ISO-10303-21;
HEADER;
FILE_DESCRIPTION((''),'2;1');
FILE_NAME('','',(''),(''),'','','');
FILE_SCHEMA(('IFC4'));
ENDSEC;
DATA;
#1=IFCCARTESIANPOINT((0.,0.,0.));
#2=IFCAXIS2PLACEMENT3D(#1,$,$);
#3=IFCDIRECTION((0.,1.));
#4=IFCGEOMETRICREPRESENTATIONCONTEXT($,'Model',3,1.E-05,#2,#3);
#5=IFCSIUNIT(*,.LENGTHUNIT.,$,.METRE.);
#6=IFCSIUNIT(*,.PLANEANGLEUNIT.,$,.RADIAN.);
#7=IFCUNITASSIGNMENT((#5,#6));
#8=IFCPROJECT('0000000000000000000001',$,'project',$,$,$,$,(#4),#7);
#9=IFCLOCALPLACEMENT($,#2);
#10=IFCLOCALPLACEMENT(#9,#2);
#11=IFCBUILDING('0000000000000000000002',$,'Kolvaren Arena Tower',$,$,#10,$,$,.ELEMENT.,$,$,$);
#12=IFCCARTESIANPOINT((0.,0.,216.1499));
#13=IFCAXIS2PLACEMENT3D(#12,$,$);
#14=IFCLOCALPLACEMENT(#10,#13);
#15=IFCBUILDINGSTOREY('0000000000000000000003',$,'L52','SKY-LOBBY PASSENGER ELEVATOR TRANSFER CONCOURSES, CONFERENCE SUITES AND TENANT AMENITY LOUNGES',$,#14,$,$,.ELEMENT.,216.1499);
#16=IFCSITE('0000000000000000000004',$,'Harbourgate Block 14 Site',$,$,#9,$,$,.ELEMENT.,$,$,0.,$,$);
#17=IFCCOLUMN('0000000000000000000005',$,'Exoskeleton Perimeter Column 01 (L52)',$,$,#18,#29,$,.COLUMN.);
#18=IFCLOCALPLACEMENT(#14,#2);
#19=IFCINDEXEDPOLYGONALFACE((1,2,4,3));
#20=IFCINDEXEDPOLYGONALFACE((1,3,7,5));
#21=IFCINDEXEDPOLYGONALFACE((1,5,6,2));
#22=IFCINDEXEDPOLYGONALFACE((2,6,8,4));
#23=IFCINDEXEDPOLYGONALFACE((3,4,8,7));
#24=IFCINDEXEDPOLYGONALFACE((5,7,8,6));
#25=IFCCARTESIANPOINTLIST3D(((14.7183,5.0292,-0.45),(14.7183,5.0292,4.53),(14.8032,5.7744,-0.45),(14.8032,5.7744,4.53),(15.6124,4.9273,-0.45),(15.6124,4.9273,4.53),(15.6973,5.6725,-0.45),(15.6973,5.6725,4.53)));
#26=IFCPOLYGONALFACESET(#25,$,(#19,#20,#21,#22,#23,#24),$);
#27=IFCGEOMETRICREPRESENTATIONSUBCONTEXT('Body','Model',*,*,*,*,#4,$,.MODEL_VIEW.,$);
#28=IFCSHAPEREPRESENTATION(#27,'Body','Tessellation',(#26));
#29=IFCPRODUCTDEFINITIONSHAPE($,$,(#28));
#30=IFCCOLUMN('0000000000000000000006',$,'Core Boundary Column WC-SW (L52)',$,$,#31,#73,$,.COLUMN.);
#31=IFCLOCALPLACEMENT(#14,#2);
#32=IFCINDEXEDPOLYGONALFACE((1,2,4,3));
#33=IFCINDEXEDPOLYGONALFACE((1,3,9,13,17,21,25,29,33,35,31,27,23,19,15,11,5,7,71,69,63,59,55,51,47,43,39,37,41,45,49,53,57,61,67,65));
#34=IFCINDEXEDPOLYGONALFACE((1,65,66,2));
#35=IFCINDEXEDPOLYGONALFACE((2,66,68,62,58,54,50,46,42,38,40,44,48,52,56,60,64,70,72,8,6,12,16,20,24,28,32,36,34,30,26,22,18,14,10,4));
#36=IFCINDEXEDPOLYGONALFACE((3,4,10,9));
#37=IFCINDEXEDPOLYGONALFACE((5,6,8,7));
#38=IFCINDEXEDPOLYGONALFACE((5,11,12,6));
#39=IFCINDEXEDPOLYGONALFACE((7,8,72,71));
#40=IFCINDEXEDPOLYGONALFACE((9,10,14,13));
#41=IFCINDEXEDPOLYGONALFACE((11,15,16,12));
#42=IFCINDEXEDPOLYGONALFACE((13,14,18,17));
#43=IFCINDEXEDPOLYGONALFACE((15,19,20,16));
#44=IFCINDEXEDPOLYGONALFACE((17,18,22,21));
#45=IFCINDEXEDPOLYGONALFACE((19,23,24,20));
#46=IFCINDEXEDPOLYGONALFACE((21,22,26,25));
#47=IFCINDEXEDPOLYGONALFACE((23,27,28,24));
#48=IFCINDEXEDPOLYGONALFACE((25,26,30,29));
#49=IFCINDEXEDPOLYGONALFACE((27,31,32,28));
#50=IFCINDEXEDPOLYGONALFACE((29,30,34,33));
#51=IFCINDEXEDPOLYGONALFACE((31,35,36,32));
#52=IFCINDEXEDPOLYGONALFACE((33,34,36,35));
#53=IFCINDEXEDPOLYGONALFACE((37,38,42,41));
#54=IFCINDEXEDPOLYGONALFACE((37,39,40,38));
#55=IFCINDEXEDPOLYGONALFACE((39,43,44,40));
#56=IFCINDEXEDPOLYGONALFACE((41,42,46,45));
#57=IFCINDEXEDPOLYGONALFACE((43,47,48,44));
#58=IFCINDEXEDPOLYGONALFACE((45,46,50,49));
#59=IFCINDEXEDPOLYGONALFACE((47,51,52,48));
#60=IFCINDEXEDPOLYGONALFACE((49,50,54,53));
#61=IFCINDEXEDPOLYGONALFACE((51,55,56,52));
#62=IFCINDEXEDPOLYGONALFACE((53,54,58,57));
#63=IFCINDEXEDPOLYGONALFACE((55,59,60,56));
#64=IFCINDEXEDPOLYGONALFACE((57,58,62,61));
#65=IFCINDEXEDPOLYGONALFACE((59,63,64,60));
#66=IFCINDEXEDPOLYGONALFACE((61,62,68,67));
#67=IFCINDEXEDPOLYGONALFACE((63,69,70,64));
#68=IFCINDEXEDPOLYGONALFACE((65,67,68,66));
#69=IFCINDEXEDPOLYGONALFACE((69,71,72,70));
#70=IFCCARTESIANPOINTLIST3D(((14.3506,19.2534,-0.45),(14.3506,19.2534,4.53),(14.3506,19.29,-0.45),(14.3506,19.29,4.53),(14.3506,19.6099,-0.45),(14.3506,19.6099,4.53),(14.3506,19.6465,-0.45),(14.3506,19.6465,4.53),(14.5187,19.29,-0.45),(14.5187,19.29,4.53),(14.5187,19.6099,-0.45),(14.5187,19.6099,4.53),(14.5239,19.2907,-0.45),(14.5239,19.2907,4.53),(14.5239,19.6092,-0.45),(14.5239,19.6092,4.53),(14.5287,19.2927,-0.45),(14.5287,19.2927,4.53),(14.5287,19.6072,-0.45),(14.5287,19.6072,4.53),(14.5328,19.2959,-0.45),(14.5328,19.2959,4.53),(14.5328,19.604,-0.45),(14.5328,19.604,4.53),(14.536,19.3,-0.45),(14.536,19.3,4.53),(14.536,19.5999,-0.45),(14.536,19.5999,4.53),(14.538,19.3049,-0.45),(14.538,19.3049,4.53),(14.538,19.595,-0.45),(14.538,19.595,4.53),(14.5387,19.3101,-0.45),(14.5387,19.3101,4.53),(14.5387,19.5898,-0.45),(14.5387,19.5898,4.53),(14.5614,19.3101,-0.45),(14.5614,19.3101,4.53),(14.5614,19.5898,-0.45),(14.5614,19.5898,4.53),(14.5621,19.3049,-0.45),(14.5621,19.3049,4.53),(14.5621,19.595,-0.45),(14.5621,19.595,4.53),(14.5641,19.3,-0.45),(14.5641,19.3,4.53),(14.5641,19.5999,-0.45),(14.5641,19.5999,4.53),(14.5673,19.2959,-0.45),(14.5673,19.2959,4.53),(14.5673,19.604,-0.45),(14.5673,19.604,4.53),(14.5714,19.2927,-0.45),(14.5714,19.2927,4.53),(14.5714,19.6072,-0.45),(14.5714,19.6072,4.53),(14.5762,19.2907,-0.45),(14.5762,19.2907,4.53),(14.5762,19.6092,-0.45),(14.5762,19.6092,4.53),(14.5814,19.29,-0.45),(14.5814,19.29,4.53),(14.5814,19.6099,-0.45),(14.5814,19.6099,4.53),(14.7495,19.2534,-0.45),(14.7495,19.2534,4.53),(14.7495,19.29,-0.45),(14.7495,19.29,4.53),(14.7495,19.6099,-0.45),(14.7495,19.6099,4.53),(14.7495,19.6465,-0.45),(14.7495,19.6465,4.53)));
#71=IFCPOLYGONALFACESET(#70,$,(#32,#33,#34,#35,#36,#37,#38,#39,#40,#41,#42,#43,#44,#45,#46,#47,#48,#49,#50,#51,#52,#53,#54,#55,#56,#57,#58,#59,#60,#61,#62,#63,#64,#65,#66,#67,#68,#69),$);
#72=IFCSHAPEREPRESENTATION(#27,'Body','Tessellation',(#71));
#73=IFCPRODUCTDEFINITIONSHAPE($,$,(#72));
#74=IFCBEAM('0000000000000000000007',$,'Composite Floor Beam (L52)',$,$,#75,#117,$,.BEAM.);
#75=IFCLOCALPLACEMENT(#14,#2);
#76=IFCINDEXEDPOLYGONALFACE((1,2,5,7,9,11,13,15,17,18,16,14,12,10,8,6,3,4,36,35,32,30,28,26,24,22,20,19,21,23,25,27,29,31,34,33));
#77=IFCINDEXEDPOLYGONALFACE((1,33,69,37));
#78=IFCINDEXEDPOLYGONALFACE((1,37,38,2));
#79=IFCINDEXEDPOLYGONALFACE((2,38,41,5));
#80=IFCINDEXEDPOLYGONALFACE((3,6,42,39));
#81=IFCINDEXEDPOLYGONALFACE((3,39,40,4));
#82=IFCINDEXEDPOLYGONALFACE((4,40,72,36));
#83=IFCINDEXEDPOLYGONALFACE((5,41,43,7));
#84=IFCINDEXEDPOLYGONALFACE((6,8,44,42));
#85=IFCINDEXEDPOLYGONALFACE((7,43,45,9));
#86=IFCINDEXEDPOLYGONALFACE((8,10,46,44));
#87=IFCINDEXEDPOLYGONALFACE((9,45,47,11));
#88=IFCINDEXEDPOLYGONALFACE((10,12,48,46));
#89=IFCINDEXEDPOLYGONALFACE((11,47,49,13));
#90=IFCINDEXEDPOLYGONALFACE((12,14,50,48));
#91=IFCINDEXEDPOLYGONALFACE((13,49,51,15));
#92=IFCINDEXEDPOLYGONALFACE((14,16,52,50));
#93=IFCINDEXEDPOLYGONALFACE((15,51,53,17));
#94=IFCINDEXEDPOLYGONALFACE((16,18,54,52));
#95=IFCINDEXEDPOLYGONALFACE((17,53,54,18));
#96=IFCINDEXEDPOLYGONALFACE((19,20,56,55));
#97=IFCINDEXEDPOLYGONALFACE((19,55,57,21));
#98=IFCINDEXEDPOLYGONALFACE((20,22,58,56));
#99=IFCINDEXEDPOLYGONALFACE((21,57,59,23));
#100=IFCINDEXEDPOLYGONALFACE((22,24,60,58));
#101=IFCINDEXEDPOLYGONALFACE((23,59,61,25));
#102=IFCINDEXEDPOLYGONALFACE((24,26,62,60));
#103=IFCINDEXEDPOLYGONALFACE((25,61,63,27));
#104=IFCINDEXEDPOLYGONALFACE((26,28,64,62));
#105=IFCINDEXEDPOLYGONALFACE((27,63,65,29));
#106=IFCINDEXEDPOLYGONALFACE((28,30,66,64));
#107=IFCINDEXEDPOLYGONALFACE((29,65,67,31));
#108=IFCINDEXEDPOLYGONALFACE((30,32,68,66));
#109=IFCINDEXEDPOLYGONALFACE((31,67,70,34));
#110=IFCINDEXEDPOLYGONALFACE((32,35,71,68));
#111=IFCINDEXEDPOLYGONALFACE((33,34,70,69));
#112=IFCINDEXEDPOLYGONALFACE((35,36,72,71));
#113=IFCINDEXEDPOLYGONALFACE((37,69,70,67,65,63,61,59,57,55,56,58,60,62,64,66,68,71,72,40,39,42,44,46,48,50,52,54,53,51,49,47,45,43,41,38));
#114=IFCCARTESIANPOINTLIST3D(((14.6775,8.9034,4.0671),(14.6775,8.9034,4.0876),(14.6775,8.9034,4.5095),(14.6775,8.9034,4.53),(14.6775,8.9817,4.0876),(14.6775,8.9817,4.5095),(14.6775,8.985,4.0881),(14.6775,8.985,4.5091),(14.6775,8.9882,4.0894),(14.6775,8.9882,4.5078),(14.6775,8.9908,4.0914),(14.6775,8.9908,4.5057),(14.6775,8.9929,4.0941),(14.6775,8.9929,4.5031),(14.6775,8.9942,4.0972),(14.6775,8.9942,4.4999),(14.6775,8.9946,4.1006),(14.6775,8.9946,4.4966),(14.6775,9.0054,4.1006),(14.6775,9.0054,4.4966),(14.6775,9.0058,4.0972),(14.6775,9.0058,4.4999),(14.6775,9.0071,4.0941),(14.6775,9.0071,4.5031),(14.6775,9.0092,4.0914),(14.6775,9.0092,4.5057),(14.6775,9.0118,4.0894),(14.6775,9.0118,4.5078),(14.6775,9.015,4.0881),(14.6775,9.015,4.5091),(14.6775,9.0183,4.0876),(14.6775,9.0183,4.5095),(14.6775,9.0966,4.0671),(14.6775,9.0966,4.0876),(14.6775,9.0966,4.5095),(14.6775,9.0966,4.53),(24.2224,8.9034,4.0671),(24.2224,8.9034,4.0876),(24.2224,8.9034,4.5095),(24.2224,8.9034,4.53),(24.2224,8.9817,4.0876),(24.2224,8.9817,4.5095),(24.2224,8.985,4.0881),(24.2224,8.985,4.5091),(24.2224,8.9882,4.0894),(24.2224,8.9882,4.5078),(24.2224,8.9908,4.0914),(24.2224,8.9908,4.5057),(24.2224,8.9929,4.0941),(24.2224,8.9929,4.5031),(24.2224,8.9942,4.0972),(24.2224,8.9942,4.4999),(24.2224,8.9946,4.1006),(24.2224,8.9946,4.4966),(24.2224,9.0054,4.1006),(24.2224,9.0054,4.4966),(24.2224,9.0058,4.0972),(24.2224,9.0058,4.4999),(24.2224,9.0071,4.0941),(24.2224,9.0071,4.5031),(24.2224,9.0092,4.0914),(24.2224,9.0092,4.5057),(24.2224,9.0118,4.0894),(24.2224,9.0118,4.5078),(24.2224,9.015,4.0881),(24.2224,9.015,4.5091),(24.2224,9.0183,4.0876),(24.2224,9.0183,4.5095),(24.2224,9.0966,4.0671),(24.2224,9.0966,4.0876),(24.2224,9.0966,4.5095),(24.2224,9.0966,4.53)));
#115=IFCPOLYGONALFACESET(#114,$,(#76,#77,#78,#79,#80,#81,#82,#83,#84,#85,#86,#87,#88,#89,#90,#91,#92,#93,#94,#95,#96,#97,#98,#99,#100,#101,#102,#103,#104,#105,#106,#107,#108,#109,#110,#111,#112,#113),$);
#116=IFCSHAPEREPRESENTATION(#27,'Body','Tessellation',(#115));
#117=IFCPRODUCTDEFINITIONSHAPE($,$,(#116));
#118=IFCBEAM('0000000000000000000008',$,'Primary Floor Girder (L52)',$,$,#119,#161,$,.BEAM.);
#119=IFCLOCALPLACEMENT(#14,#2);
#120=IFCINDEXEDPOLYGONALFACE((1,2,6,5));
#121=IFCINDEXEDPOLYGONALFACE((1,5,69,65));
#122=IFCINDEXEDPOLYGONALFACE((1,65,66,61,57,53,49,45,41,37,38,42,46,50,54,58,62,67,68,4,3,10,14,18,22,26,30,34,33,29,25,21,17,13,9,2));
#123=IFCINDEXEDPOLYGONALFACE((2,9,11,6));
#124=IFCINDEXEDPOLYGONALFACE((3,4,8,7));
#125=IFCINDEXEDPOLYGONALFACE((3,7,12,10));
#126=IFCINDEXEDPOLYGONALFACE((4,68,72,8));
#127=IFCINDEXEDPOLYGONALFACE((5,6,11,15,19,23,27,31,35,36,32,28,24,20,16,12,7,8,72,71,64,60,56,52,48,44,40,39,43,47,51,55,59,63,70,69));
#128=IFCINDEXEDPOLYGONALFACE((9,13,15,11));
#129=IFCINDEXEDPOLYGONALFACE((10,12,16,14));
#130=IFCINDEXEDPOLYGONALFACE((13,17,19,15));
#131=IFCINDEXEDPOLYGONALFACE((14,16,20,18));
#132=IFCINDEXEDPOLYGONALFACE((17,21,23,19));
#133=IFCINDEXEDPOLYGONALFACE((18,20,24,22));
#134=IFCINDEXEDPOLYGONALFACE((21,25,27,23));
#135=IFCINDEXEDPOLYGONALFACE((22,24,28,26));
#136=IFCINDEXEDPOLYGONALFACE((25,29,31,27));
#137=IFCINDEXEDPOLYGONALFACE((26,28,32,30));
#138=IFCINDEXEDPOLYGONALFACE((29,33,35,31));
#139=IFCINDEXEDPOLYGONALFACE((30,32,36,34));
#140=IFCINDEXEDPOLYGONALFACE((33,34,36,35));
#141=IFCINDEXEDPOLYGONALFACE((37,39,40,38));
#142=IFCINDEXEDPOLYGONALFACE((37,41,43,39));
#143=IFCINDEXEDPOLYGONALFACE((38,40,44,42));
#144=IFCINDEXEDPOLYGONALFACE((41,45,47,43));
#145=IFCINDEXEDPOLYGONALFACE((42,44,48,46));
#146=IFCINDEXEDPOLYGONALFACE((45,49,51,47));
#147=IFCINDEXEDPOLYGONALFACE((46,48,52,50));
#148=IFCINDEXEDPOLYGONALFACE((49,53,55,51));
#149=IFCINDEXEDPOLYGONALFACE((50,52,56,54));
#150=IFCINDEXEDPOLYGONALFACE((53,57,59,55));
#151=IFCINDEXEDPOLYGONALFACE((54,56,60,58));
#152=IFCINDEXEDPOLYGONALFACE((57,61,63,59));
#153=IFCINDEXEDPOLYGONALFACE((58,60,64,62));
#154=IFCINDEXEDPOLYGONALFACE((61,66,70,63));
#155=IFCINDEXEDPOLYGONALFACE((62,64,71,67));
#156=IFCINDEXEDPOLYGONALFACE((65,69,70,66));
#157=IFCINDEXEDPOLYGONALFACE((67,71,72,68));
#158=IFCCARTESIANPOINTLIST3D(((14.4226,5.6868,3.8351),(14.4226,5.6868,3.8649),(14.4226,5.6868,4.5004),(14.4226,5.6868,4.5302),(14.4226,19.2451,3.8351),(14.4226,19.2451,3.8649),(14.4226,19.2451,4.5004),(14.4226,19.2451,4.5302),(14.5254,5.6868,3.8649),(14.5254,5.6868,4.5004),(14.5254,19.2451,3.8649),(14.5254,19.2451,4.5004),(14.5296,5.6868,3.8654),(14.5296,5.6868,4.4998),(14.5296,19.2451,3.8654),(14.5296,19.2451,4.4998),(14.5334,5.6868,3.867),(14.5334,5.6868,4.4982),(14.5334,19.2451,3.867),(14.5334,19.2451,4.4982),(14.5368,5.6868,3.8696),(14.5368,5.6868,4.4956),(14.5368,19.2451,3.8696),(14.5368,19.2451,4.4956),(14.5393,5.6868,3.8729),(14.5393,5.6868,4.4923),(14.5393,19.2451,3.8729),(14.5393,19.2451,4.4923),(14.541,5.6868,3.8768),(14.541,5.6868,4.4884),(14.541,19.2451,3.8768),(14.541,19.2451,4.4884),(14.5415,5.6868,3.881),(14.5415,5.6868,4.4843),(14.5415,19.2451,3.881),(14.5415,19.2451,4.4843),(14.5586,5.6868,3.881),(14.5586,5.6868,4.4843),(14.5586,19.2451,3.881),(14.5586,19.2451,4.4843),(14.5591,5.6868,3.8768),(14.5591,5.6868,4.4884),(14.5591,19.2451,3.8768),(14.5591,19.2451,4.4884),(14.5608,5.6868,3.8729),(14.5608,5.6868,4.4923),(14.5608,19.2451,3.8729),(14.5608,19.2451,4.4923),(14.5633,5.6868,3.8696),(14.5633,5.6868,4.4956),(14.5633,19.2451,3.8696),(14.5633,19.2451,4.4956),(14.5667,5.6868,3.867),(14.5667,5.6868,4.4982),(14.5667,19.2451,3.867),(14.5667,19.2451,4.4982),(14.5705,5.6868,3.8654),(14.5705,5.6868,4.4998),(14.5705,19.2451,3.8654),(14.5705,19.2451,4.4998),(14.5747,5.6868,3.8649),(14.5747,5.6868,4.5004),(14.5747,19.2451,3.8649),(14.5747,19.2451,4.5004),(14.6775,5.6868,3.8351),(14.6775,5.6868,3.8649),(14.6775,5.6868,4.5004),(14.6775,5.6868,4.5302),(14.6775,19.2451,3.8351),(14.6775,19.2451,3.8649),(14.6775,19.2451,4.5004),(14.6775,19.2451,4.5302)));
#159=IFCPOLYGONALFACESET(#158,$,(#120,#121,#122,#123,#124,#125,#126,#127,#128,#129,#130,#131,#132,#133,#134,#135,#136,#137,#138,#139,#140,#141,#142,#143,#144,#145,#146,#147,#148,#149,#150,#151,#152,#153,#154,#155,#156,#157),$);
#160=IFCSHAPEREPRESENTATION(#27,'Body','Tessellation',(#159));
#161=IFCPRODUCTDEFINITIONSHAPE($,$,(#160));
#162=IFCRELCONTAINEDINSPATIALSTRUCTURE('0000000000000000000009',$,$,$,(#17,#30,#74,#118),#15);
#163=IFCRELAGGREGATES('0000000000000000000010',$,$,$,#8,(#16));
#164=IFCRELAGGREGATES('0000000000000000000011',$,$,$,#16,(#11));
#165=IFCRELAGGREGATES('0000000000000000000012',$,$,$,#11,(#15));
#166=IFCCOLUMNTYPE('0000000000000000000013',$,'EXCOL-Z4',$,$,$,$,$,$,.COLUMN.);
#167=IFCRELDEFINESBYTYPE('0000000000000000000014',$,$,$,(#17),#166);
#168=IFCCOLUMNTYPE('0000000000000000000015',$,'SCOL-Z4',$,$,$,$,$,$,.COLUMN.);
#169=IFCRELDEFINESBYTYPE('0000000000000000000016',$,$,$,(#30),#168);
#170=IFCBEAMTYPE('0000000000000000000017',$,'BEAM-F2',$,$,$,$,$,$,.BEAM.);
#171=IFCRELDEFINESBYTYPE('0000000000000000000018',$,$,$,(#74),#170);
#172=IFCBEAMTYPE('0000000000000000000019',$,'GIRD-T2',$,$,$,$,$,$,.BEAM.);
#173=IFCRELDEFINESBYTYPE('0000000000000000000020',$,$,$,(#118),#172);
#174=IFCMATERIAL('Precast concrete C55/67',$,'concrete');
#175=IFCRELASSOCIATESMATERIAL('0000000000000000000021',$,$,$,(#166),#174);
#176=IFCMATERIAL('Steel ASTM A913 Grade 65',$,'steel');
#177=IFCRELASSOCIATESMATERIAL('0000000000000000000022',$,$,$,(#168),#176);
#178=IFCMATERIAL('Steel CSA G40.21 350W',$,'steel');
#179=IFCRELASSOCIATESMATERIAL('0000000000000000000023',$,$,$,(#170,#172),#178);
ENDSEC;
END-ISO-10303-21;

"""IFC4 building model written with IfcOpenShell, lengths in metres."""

from ifc_helpers import new_model, si_unit, direction, frame, origin, origin_2d, place, context, subcontext, project, spatial, rectangle, i_section, extrude, material, material_profile, profile_set, type_object, element, save


model = new_model("IFC4")

# Units and contexts
model_context = context("Model", 3, precision=1e-05, world=origin(), true_north=direction((0.0, 1.0)))
body_context = subcontext(model_context, "Body", "Model", "MODEL_VIEW")
ifc_project = project(units=[si_unit("LENGTHUNIT", "METRE"), si_unit("PLANEANGLEUNIT", "RADIAN")], contexts=[model_context])

# Site, building, storey
site_placement = place(None, origin())
site = spatial("IfcSite", under=ifc_project, at=site_placement, Name="Harbourgate Block 14 Site", CompositionType="ELEMENT", RefElevation=0.0)
building_placement = place(site_placement, origin())
building = spatial("IfcBuilding", under=site, at=building_placement, Name="Kolvaren Arena Tower", CompositionType="ELEMENT")
storey_placement = place(building_placement, frame((0.0, 0.0, 216.1499)))
storey = spatial("IfcBuildingStorey", under=building, at=storey_placement, Name="L52", Description="SKY-LOBBY PASSENGER ELEVATOR TRANSFER CONCOURSES, CONFERENCE SUITES AND TENANT AMENITY LOUNGES", CompositionType="ELEMENT", Elevation=216.1499)

# Columns
ifc_material_1 = material(Name="Precast concrete C55/67", Category="concrete")
ifc_material_profile_1 = material_profile(ifc_material_1, rectangle(XDim=0.8999, YDim=0.75, at=origin_2d()), Name="RC-900x750")
ifc_profile_set_1 = profile_set([ifc_material_profile_1], Name="Precast concrete C55/67")
column_type_1 = type_object("IfcColumnType", Name="EXCOL-Z4", PredefinedType="COLUMN", material=ifc_profile_set_1)
column_1_placement = place(storey_placement, frame((15.2078, 5.3508, -0.45), z_axis=(0.0, 0.0, 1.0), x_axis=(0.993572, -0.113203, 0.0)))
element("IfcColumn", 1, at=column_1_placement, inside=storey, type_object=column_type_1, Name="Exoskeleton Perimeter Column 01 (L52)", PredefinedType="COLUMN", context=body_context, shape_type="SweptSolid", body=[
    extrude(rectangle(XDim=0.8999, YDim=0.75, at=origin_2d()), origin(), (0.0, 0.0, 1.0), 4.98),
])
ifc_material_2 = material(Name="Steel ASTM A913 Grade 65", Category="steel")
ifc_material_profile_2 = material_profile(ifc_material_2, i_section(OverallWidth=0.3989, OverallDepth=0.3931, WebThickness=0.0227, FlangeThickness=0.0366, FilletRadius=0.02, at=origin_2d()), Name="W360x287")
ifc_profile_set_2 = profile_set([ifc_material_profile_2], Name="Steel ASTM A913 Grade 65")
column_type_2 = type_object("IfcColumnType", Name="SCOL-Z4", PredefinedType="COLUMN", material=ifc_profile_set_2)
column_2_placement = place(storey_placement, frame((14.55, 19.45, -0.45), z_axis=(0.0, 0.0, 1.0), x_axis=(1.0, 0.0, 0.0)))
element("IfcColumn", 2, at=column_2_placement, inside=storey, type_object=column_type_2, Name="Core Boundary Column WC-SW (L52)", PredefinedType="COLUMN", context=body_context, shape_type="SweptSolid", body=[
    extrude(i_section(OverallWidth=0.3989, OverallDepth=0.3931, WebThickness=0.0227, FlangeThickness=0.0366, FilletRadius=0.02, at=origin_2d()), origin(), (0.0, 0.0, 1.0), 4.98),
])

# Beams
ifc_material_3 = material(Name="Steel CSA G40.21 350W", Category="steel")
ifc_material_profile_3 = material_profile(ifc_material_3, i_section(OverallWidth=0.1931, OverallDepth=0.4629, WebThickness=0.0107, FlangeThickness=0.0205, FilletRadius=0.0129, at=origin_2d()), Name="W460x113")
ifc_profile_set_3 = profile_set([ifc_material_profile_3], Name="Steel CSA G40.21 350W")
beam_type_1 = type_object("IfcBeamType", Name="BEAM-F2", PredefinedType="BEAM", material=ifc_profile_set_3)
beam_1_placement = place(storey_placement, frame((14.6775, 9.0, 4.2986), z_axis=(1.0, 0.0, 0.0), x_axis=(0.0, 1.0, 0.0)))
element("IfcBeam", 3, at=beam_1_placement, inside=storey, type_object=beam_type_1, Name="Composite Floor Beam (L52)", PredefinedType="BEAM", context=body_context, shape_type="SweptSolid", body=[
    extrude(i_section(OverallWidth=0.1931, OverallDepth=0.4629, WebThickness=0.0107, FlangeThickness=0.0205, FilletRadius=0.0129, at=origin_2d()), origin(), (0.0, 0.0, 1.0), 9.5449),
])
ifc_material_profile_4 = material_profile(ifc_material_3, i_section(OverallWidth=0.2549, OverallDepth=0.6951, WebThickness=0.0171, FlangeThickness=0.0298, FilletRadius=0.0161, at=origin_2d()), Name="W690x217")
ifc_profile_set_4 = profile_set([ifc_material_profile_4], Name="Steel CSA G40.21 350W")
beam_type_2 = type_object("IfcBeamType", Name="GIRD-T2", PredefinedType="BEAM", material=ifc_profile_set_4)
beam_2_placement = place(storey_placement, frame((14.55, 5.6868, 4.1826), z_axis=(0.0, 1.0, 0.0), x_axis=(-1.0, 0.0, 0.0)))
element("IfcBeam", 4, at=beam_2_placement, inside=storey, type_object=beam_type_2, Name="Primary Floor Girder (L52)", PredefinedType="BEAM", context=body_context, shape_type="SweptSolid", body=[
    extrude(i_section(OverallWidth=0.2549, OverallDepth=0.6951, WebThickness=0.0171, FlangeThickness=0.0298, FilletRadius=0.0161, at=origin_2d()), origin(), (0.0, 0.0, 1.0), 13.5583),
])

save(model, "model.ifc")
